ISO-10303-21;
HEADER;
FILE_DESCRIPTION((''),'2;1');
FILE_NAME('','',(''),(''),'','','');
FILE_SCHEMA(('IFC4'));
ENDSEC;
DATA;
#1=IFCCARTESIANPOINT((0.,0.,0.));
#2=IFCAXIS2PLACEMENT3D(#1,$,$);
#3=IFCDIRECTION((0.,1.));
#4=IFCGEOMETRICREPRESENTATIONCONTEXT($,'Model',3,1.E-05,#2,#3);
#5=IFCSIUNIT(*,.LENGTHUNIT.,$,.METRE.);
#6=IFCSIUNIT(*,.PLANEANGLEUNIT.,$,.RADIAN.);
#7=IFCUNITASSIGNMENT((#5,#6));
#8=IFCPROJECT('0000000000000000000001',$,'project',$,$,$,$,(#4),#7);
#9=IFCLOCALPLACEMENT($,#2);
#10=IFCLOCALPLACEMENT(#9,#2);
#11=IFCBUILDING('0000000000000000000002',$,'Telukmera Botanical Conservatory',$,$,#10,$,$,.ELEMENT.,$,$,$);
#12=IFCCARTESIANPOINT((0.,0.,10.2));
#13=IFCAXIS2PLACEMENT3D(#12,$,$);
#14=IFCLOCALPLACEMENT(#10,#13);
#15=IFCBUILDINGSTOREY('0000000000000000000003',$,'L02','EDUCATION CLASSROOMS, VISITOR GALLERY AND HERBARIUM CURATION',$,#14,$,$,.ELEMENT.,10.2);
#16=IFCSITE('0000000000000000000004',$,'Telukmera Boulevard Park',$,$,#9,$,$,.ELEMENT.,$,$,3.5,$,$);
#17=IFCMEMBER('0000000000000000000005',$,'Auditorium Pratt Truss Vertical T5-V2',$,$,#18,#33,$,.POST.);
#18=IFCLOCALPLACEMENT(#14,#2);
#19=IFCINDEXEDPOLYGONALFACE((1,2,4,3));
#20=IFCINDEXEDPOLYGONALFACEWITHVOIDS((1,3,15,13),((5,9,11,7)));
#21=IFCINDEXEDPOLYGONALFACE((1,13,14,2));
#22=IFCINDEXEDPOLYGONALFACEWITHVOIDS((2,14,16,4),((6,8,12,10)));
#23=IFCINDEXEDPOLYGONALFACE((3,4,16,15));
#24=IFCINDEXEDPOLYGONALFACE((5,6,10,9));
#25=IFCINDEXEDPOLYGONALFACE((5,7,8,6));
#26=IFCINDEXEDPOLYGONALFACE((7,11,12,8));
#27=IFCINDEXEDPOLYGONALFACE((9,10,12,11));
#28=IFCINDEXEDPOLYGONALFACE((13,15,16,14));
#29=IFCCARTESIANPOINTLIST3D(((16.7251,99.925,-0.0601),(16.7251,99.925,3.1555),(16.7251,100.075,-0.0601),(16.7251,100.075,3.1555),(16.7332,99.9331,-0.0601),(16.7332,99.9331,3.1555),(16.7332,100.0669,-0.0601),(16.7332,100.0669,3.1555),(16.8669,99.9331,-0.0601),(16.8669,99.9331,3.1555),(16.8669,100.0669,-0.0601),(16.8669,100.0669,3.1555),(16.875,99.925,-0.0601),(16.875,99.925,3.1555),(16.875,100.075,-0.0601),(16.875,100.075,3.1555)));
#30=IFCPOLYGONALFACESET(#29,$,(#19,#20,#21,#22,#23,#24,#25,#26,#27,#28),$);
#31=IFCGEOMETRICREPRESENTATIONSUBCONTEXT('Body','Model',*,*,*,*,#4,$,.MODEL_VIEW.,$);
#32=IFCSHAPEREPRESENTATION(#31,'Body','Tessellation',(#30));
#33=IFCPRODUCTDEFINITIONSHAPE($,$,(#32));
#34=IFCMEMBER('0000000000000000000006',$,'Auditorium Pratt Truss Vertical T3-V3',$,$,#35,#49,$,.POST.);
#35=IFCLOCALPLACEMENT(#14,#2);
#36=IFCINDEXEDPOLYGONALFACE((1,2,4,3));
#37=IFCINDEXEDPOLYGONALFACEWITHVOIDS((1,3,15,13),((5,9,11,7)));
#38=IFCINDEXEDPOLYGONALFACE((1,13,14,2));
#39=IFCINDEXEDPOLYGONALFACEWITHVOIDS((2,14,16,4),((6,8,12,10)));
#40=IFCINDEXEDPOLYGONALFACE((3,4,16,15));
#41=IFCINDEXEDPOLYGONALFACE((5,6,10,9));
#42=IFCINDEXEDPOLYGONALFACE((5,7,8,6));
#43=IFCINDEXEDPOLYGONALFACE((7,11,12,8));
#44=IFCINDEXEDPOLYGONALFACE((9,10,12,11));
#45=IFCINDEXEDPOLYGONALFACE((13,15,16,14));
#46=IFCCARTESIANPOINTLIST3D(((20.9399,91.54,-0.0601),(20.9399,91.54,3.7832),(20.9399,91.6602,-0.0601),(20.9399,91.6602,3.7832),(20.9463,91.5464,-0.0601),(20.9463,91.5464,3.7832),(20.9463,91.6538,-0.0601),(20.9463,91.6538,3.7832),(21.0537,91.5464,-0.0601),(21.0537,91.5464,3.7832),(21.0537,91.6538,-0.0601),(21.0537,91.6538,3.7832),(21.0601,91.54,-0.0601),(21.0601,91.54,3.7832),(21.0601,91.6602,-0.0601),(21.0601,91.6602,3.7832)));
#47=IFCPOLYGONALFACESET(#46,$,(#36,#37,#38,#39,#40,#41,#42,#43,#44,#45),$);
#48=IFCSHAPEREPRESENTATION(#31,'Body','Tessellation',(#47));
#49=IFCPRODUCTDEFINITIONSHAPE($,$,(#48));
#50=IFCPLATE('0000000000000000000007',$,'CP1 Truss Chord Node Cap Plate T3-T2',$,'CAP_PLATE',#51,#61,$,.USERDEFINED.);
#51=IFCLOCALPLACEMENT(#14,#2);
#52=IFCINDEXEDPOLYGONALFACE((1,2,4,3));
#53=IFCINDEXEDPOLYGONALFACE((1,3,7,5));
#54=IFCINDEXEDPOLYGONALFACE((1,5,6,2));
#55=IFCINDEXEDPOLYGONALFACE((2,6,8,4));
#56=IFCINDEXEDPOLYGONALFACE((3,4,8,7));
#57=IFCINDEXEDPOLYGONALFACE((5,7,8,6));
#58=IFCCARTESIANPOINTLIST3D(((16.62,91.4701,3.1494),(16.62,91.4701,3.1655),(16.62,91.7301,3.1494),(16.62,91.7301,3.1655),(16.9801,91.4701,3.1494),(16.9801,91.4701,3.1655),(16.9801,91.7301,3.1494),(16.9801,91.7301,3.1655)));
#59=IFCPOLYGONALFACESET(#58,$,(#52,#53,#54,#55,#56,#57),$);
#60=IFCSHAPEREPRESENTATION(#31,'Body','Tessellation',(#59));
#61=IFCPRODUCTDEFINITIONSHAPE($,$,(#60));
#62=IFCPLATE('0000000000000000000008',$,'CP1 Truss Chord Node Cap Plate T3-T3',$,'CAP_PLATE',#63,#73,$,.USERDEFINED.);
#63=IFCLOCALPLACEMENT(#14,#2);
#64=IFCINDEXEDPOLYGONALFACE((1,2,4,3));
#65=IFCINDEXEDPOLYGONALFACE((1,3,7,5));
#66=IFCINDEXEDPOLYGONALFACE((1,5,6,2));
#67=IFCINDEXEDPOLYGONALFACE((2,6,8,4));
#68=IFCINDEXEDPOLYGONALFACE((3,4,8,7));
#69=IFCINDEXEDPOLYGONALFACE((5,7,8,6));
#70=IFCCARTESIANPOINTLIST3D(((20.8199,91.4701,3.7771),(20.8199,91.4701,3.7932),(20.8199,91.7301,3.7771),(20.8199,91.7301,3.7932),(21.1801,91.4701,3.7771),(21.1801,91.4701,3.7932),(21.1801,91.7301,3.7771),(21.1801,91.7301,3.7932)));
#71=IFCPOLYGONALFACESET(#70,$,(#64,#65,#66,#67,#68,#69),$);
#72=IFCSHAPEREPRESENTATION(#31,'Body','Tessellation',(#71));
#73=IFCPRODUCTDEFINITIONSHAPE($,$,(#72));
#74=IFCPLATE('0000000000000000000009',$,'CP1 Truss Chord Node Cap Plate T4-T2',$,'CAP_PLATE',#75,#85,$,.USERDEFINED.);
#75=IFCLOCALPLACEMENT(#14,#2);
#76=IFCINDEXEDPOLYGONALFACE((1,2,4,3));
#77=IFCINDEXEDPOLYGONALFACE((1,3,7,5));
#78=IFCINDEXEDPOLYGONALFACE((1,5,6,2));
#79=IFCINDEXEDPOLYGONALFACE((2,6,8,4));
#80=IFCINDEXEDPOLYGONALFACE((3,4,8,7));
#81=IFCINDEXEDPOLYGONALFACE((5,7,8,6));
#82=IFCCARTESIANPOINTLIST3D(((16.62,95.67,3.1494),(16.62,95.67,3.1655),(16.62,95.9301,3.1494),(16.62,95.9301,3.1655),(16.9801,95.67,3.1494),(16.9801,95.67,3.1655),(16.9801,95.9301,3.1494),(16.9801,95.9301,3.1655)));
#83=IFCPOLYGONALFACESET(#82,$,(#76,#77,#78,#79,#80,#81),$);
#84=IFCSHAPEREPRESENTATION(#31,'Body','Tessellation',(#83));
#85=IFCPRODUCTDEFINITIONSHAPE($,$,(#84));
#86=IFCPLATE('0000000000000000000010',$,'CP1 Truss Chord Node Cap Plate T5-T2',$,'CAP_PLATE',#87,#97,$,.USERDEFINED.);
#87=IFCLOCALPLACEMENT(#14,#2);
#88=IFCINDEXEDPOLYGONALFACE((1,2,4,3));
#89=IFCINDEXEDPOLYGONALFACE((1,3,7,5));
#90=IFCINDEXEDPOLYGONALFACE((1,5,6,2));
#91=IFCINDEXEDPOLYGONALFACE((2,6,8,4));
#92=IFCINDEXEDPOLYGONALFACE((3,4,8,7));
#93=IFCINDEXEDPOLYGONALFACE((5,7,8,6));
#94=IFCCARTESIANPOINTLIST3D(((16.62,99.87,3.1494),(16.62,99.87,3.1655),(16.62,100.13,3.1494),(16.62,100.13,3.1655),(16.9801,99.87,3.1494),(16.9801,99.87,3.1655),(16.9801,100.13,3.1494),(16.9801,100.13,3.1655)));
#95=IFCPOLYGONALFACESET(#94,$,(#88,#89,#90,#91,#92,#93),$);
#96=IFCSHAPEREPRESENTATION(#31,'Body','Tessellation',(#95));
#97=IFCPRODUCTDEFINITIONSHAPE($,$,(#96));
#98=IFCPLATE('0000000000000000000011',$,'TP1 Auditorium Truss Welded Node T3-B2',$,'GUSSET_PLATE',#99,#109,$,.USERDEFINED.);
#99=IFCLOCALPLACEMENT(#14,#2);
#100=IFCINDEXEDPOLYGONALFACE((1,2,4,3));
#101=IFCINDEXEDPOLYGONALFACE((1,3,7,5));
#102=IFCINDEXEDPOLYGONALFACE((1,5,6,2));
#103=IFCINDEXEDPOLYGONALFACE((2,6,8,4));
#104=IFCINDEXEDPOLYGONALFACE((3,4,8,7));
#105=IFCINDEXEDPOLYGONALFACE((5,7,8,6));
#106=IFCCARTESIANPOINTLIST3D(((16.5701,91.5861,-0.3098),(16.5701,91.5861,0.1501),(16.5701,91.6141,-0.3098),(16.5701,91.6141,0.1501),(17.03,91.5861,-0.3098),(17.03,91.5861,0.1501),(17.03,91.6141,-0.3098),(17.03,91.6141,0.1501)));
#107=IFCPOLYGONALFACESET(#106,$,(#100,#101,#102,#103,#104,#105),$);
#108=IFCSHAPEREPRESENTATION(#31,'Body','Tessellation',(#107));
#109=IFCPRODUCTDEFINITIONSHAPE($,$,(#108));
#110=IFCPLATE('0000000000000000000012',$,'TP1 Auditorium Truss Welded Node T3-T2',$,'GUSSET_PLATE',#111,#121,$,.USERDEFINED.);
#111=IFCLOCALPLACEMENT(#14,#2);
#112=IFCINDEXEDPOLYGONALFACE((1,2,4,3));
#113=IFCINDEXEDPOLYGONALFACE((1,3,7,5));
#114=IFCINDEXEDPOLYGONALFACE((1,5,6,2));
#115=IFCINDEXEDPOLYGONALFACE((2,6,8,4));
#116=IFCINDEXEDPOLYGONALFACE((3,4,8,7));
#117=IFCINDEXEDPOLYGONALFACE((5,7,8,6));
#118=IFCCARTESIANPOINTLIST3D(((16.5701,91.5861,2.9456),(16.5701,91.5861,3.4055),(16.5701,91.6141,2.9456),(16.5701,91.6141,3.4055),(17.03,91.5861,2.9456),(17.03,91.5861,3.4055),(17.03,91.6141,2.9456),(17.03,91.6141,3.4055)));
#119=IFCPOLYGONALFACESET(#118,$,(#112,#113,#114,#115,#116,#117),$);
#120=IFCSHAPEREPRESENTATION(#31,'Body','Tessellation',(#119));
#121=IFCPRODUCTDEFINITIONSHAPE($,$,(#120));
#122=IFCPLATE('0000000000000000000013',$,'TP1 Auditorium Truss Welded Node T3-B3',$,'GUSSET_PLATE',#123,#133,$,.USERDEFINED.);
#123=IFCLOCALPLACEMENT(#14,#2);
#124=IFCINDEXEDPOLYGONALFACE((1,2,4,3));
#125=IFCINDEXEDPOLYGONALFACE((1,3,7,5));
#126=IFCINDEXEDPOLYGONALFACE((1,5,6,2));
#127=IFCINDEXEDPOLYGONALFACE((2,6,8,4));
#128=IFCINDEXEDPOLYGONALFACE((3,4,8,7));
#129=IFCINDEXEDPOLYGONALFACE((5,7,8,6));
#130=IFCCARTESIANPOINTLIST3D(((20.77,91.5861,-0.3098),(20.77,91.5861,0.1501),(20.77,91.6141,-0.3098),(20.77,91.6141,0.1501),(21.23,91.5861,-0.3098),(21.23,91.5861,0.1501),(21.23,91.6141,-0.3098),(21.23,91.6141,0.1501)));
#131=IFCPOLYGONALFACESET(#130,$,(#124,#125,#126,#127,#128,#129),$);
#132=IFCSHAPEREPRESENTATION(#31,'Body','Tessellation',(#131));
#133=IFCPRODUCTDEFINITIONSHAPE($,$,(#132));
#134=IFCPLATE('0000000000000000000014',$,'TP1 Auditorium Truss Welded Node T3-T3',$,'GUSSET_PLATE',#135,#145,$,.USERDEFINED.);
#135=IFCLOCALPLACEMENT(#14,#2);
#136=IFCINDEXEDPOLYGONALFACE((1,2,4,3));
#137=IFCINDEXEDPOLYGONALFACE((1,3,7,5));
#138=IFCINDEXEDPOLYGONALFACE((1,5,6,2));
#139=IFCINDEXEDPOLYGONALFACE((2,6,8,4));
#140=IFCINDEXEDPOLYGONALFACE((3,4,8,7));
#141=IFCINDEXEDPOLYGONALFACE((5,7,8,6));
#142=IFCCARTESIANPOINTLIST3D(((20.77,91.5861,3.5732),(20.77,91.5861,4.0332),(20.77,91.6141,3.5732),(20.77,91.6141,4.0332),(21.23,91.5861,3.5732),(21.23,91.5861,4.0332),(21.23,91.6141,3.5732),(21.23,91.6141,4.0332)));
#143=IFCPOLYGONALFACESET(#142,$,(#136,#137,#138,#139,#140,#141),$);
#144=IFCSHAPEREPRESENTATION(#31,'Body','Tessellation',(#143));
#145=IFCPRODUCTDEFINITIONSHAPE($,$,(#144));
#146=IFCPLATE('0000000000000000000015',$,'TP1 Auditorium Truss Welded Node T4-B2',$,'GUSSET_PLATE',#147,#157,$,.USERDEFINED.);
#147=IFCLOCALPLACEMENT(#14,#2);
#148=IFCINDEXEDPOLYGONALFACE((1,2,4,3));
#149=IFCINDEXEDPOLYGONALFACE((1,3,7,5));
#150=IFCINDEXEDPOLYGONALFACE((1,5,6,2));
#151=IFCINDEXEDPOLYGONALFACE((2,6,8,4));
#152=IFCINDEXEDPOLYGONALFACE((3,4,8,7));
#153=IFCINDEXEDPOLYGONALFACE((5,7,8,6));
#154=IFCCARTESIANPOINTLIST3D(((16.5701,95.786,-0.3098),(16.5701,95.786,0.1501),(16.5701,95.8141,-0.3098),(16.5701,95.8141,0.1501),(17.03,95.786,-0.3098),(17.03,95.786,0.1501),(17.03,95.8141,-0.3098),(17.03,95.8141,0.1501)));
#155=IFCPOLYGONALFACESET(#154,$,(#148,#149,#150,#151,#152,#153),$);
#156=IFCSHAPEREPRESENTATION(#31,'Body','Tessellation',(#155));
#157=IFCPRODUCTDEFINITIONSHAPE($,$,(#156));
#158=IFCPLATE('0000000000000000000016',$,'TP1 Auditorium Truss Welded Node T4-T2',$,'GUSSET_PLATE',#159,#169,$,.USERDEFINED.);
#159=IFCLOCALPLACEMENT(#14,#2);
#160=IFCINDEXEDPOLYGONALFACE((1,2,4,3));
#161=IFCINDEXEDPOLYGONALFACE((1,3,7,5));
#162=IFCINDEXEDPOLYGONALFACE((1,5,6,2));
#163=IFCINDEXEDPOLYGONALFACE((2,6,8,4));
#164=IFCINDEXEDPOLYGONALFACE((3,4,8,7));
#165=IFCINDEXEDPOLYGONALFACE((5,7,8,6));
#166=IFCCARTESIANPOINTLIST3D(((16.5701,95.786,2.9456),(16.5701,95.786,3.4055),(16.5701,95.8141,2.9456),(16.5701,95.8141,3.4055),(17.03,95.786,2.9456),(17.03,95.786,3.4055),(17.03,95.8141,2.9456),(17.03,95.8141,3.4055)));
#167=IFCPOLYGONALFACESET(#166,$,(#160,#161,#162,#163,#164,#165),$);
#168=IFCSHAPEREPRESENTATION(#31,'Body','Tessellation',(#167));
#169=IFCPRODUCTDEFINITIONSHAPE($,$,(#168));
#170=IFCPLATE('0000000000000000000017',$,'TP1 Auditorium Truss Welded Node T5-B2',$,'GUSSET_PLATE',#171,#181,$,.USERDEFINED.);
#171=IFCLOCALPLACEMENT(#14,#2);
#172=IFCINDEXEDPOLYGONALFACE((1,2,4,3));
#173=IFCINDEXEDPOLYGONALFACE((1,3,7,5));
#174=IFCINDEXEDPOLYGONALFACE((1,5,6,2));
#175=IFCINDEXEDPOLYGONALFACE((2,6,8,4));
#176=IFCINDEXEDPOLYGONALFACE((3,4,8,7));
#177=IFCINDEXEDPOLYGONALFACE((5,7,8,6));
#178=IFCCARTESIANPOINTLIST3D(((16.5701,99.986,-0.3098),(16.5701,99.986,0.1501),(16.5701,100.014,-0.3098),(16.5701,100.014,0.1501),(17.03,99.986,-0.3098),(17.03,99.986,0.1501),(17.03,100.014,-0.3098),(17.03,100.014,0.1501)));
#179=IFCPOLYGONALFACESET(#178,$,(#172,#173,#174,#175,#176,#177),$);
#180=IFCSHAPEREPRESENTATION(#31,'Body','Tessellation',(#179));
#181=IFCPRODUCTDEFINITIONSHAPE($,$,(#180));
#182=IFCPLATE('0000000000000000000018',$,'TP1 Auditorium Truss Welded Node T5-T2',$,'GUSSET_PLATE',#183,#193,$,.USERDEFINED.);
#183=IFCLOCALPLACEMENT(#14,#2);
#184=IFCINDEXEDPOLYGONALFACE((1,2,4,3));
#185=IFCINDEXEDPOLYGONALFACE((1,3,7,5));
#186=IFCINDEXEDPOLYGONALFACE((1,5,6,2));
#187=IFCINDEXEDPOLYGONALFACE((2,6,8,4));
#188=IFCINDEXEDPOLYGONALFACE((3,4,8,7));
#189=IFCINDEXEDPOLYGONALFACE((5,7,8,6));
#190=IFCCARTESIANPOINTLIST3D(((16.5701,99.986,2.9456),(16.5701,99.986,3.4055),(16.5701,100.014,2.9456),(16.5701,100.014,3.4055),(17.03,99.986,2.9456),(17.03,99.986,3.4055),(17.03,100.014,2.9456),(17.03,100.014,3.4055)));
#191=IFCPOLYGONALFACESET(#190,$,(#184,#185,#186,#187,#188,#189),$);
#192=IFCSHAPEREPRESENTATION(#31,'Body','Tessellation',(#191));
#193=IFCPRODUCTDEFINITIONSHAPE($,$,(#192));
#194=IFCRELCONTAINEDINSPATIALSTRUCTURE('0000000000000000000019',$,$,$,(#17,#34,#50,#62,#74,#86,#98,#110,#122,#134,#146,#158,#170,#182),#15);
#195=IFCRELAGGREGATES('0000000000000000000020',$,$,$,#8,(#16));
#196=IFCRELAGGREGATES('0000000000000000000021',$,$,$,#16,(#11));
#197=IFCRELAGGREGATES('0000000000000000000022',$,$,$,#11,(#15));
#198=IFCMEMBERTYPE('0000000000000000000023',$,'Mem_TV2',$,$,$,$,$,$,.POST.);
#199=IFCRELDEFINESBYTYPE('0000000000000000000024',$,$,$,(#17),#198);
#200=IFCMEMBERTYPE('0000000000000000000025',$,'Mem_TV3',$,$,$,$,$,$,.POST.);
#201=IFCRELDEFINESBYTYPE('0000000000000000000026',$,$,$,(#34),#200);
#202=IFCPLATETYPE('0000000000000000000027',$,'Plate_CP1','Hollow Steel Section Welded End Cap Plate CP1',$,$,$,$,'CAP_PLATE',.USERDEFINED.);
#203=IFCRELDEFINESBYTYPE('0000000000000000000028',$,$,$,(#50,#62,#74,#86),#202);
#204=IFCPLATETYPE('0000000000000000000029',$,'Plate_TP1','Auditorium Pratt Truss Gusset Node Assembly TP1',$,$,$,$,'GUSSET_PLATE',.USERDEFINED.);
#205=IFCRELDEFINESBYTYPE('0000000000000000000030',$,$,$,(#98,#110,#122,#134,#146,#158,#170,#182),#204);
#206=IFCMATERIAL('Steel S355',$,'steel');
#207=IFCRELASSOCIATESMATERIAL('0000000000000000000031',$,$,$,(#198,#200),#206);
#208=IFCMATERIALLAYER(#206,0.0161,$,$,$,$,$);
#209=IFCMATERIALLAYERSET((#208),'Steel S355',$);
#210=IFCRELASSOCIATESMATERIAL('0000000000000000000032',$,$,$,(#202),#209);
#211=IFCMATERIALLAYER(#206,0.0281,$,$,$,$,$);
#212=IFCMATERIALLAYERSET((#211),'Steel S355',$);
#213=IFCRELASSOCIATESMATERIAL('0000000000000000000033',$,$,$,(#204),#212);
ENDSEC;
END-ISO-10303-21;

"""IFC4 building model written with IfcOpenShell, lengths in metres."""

from ifc_helpers import new_model, si_unit, direction, frame, origin, origin_2d, place, context, subcontext, project, spatial, rectangle, hollow_rectangle, extrude, material, layer, layer_set, material_profile, profile_set, type_object, element, save


model = new_model("IFC4")

# Units and contexts
model_context = context("Model", 3, precision=1e-05, world=origin(), true_north=direction((0.0, 1.0)))
body_context = subcontext(model_context, "Body", "Model", "MODEL_VIEW")
ifc_project = project(units=[si_unit("LENGTHUNIT", "METRE"), si_unit("PLANEANGLEUNIT", "RADIAN")], contexts=[model_context])

# Site, building, storey
site_placement = place(None, origin())
site = spatial("IfcSite", under=ifc_project, at=site_placement, Name="Telukmera Boulevard Park", CompositionType="ELEMENT", RefElevation=3.5)
building_placement = place(site_placement, origin())
building = spatial("IfcBuilding", under=site, at=building_placement, Name="Telukmera Botanical Conservatory", CompositionType="ELEMENT")
storey_placement = place(building_placement, frame((0.0, 0.0, 10.2)))
storey = spatial("IfcBuildingStorey", under=building, at=storey_placement, Name="L02", Description="EDUCATION CLASSROOMS, VISITOR GALLERY AND HERBARIUM CURATION", CompositionType="ELEMENT", Elevation=10.2)

# Members
ifc_material = material(Name="Steel S355", Category="steel")
ifc_material_profile_1 = material_profile(ifc_material, hollow_rectangle(XDim=0.1499, YDim=0.1499, WallThickness=0.0081, at=origin_2d()), Name="SHS 150x150x8.0")
ifc_profile_set_1 = profile_set([ifc_material_profile_1], Name="Steel S355")
member_type_1 = type_object("IfcMemberType", Name="Mem_TV2", PredefinedType="POST", material=ifc_profile_set_1)
for number, where, z_axis, x_axis, name in (
    (1, (16.8, 100.0, -0.0601), (0.0, 0.0, 1.0), (1.0, 0.0, 0.0), "Auditorium Pratt Truss Vertical T5-V2"),
):
    element("IfcMember", number, at=place(storey_placement, frame(where, z_axis=z_axis, x_axis=x_axis)), inside=storey, type_object=member_type_1, Name=name, PredefinedType="POST", context=body_context, shape_type="SweptSolid", body=[
        extrude(hollow_rectangle(XDim=0.1499, YDim=0.1499, WallThickness=0.0081, at=origin_2d()), origin(), (0.0, 0.0, 1.0), 3.2156),
    ])
ifc_material_profile_2 = material_profile(ifc_material, hollow_rectangle(XDim=0.1201, YDim=0.1201, WallThickness=0.0063, at=origin_2d()), Name="SHS 120x120x6.3")
ifc_profile_set_2 = profile_set([ifc_material_profile_2], Name="Steel S355")
member_type_2 = type_object("IfcMemberType", Name="Mem_TV3", PredefinedType="POST", material=ifc_profile_set_2)
member_1_placement = place(storey_placement, frame((21.0, 91.6001, -0.0601), z_axis=(0.0, 0.0, 1.0), x_axis=(1.0, 0.0, 0.0)))
element("IfcMember", 2, at=member_1_placement, inside=storey, type_object=member_type_2, Name="Auditorium Pratt Truss Vertical T3-V3", PredefinedType="POST", context=body_context, shape_type="SweptSolid", body=[
    extrude(hollow_rectangle(XDim=0.1201, YDim=0.1201, WallThickness=0.0063, at=origin_2d()), origin(), (0.0, 0.0, 1.0), 3.8433),
])

# Plates
ifc_layer_1 = layer(ifc_material, 0.0161)
ifc_layer_set_1 = layer_set([ifc_layer_1], Name="Steel S355")
plate_type_1 = type_object("IfcPlateType", Name="Plate_CP1", Description="Hollow Steel Section Welded End Cap Plate CP1", ElementType="CAP_PLATE", PredefinedType="USERDEFINED", material=ifc_layer_set_1)
for number, where, z_axis, x_axis, name in (
    (3, (16.8, 91.6001, 3.1494), (0.0, 0.0, 1.0), (1.0, 0.0, 0.0), "CP1 Truss Chord Node Cap Plate T3-T2"),
    (4, (21.0, 91.6001, 3.7771), (0.0, 0.0, 1.0), (1.0, 0.0, 0.0), "CP1 Truss Chord Node Cap Plate T3-T3"),
    (5, (16.8, 95.8, 3.1494), (0.0, 0.0, 1.0), (1.0, 0.0, 0.0), "CP1 Truss Chord Node Cap Plate T4-T2"),
    (6, (16.8, 100.0, 3.1494), (0.0, 0.0, 1.0), (1.0, 0.0, 0.0), "CP1 Truss Chord Node Cap Plate T5-T2"),
):
    element("IfcPlate", number, at=place(storey_placement, frame(where, z_axis=z_axis, x_axis=x_axis)), inside=storey, type_object=plate_type_1, Name=name, ObjectType="CAP_PLATE", PredefinedType="USERDEFINED", context=body_context, shape_type="SweptSolid", body=[
        extrude(rectangle(XDim=0.3601, YDim=0.26, at=origin_2d()), origin(), (0.0, 0.0, 1.0), 0.0161),
    ])
ifc_layer_2 = layer(ifc_material, 0.0281)
ifc_layer_set_2 = layer_set([ifc_layer_2], Name="Steel S355")
plate_type_2 = type_object("IfcPlateType", Name="Plate_TP1", Description="Auditorium Pratt Truss Gusset Node Assembly TP1", ElementType="GUSSET_PLATE", PredefinedType="USERDEFINED", material=ifc_layer_set_2)
for number, where, z_axis, x_axis, name in (
    (7, (16.8, 91.6001, -0.3098), (0.0, 0.0, 1.0), (1.0, 0.0, 0.0), "TP1 Auditorium Truss Welded Node T3-B2"),
    (8, (16.8, 91.6001, 2.9456), (0.0, 0.0, 1.0), (1.0, 0.0, 0.0), "TP1 Auditorium Truss Welded Node T3-T2"),
    (9, (21.0, 91.6001, -0.3098), (0.0, 0.0, 1.0), (1.0, 0.0, 0.0), "TP1 Auditorium Truss Welded Node T3-B3"),
    (10, (21.0, 91.6001, 3.5732), (0.0, 0.0, 1.0), (1.0, 0.0, 0.0), "TP1 Auditorium Truss Welded Node T3-T3"),
    (11, (16.8, 95.8, -0.3098), (0.0, 0.0, 1.0), (1.0, 0.0, 0.0), "TP1 Auditorium Truss Welded Node T4-B2"),
    (12, (16.8, 95.8, 2.9456), (0.0, 0.0, 1.0), (1.0, 0.0, 0.0), "TP1 Auditorium Truss Welded Node T4-T2"),
    (13, (16.8, 100.0, -0.3098), (0.0, 0.0, 1.0), (1.0, 0.0, 0.0), "TP1 Auditorium Truss Welded Node T5-B2"),
    (14, (16.8, 100.0, 2.9456), (0.0, 0.0, 1.0), (1.0, 0.0, 0.0), "TP1 Auditorium Truss Welded Node T5-T2"),
):
    element("IfcPlate", number, at=place(storey_placement, frame(where, z_axis=z_axis, x_axis=x_axis)), inside=storey, type_object=plate_type_2, Name=name, ObjectType="GUSSET_PLATE", PredefinedType="USERDEFINED", context=body_context, shape_type="SweptSolid", body=[
        extrude(rectangle(XDim=0.46, YDim=0.0281, at=origin_2d()), origin(), (0.0, 0.0, 1.0), 0.46),
    ])

save(model, "model.ifc")
